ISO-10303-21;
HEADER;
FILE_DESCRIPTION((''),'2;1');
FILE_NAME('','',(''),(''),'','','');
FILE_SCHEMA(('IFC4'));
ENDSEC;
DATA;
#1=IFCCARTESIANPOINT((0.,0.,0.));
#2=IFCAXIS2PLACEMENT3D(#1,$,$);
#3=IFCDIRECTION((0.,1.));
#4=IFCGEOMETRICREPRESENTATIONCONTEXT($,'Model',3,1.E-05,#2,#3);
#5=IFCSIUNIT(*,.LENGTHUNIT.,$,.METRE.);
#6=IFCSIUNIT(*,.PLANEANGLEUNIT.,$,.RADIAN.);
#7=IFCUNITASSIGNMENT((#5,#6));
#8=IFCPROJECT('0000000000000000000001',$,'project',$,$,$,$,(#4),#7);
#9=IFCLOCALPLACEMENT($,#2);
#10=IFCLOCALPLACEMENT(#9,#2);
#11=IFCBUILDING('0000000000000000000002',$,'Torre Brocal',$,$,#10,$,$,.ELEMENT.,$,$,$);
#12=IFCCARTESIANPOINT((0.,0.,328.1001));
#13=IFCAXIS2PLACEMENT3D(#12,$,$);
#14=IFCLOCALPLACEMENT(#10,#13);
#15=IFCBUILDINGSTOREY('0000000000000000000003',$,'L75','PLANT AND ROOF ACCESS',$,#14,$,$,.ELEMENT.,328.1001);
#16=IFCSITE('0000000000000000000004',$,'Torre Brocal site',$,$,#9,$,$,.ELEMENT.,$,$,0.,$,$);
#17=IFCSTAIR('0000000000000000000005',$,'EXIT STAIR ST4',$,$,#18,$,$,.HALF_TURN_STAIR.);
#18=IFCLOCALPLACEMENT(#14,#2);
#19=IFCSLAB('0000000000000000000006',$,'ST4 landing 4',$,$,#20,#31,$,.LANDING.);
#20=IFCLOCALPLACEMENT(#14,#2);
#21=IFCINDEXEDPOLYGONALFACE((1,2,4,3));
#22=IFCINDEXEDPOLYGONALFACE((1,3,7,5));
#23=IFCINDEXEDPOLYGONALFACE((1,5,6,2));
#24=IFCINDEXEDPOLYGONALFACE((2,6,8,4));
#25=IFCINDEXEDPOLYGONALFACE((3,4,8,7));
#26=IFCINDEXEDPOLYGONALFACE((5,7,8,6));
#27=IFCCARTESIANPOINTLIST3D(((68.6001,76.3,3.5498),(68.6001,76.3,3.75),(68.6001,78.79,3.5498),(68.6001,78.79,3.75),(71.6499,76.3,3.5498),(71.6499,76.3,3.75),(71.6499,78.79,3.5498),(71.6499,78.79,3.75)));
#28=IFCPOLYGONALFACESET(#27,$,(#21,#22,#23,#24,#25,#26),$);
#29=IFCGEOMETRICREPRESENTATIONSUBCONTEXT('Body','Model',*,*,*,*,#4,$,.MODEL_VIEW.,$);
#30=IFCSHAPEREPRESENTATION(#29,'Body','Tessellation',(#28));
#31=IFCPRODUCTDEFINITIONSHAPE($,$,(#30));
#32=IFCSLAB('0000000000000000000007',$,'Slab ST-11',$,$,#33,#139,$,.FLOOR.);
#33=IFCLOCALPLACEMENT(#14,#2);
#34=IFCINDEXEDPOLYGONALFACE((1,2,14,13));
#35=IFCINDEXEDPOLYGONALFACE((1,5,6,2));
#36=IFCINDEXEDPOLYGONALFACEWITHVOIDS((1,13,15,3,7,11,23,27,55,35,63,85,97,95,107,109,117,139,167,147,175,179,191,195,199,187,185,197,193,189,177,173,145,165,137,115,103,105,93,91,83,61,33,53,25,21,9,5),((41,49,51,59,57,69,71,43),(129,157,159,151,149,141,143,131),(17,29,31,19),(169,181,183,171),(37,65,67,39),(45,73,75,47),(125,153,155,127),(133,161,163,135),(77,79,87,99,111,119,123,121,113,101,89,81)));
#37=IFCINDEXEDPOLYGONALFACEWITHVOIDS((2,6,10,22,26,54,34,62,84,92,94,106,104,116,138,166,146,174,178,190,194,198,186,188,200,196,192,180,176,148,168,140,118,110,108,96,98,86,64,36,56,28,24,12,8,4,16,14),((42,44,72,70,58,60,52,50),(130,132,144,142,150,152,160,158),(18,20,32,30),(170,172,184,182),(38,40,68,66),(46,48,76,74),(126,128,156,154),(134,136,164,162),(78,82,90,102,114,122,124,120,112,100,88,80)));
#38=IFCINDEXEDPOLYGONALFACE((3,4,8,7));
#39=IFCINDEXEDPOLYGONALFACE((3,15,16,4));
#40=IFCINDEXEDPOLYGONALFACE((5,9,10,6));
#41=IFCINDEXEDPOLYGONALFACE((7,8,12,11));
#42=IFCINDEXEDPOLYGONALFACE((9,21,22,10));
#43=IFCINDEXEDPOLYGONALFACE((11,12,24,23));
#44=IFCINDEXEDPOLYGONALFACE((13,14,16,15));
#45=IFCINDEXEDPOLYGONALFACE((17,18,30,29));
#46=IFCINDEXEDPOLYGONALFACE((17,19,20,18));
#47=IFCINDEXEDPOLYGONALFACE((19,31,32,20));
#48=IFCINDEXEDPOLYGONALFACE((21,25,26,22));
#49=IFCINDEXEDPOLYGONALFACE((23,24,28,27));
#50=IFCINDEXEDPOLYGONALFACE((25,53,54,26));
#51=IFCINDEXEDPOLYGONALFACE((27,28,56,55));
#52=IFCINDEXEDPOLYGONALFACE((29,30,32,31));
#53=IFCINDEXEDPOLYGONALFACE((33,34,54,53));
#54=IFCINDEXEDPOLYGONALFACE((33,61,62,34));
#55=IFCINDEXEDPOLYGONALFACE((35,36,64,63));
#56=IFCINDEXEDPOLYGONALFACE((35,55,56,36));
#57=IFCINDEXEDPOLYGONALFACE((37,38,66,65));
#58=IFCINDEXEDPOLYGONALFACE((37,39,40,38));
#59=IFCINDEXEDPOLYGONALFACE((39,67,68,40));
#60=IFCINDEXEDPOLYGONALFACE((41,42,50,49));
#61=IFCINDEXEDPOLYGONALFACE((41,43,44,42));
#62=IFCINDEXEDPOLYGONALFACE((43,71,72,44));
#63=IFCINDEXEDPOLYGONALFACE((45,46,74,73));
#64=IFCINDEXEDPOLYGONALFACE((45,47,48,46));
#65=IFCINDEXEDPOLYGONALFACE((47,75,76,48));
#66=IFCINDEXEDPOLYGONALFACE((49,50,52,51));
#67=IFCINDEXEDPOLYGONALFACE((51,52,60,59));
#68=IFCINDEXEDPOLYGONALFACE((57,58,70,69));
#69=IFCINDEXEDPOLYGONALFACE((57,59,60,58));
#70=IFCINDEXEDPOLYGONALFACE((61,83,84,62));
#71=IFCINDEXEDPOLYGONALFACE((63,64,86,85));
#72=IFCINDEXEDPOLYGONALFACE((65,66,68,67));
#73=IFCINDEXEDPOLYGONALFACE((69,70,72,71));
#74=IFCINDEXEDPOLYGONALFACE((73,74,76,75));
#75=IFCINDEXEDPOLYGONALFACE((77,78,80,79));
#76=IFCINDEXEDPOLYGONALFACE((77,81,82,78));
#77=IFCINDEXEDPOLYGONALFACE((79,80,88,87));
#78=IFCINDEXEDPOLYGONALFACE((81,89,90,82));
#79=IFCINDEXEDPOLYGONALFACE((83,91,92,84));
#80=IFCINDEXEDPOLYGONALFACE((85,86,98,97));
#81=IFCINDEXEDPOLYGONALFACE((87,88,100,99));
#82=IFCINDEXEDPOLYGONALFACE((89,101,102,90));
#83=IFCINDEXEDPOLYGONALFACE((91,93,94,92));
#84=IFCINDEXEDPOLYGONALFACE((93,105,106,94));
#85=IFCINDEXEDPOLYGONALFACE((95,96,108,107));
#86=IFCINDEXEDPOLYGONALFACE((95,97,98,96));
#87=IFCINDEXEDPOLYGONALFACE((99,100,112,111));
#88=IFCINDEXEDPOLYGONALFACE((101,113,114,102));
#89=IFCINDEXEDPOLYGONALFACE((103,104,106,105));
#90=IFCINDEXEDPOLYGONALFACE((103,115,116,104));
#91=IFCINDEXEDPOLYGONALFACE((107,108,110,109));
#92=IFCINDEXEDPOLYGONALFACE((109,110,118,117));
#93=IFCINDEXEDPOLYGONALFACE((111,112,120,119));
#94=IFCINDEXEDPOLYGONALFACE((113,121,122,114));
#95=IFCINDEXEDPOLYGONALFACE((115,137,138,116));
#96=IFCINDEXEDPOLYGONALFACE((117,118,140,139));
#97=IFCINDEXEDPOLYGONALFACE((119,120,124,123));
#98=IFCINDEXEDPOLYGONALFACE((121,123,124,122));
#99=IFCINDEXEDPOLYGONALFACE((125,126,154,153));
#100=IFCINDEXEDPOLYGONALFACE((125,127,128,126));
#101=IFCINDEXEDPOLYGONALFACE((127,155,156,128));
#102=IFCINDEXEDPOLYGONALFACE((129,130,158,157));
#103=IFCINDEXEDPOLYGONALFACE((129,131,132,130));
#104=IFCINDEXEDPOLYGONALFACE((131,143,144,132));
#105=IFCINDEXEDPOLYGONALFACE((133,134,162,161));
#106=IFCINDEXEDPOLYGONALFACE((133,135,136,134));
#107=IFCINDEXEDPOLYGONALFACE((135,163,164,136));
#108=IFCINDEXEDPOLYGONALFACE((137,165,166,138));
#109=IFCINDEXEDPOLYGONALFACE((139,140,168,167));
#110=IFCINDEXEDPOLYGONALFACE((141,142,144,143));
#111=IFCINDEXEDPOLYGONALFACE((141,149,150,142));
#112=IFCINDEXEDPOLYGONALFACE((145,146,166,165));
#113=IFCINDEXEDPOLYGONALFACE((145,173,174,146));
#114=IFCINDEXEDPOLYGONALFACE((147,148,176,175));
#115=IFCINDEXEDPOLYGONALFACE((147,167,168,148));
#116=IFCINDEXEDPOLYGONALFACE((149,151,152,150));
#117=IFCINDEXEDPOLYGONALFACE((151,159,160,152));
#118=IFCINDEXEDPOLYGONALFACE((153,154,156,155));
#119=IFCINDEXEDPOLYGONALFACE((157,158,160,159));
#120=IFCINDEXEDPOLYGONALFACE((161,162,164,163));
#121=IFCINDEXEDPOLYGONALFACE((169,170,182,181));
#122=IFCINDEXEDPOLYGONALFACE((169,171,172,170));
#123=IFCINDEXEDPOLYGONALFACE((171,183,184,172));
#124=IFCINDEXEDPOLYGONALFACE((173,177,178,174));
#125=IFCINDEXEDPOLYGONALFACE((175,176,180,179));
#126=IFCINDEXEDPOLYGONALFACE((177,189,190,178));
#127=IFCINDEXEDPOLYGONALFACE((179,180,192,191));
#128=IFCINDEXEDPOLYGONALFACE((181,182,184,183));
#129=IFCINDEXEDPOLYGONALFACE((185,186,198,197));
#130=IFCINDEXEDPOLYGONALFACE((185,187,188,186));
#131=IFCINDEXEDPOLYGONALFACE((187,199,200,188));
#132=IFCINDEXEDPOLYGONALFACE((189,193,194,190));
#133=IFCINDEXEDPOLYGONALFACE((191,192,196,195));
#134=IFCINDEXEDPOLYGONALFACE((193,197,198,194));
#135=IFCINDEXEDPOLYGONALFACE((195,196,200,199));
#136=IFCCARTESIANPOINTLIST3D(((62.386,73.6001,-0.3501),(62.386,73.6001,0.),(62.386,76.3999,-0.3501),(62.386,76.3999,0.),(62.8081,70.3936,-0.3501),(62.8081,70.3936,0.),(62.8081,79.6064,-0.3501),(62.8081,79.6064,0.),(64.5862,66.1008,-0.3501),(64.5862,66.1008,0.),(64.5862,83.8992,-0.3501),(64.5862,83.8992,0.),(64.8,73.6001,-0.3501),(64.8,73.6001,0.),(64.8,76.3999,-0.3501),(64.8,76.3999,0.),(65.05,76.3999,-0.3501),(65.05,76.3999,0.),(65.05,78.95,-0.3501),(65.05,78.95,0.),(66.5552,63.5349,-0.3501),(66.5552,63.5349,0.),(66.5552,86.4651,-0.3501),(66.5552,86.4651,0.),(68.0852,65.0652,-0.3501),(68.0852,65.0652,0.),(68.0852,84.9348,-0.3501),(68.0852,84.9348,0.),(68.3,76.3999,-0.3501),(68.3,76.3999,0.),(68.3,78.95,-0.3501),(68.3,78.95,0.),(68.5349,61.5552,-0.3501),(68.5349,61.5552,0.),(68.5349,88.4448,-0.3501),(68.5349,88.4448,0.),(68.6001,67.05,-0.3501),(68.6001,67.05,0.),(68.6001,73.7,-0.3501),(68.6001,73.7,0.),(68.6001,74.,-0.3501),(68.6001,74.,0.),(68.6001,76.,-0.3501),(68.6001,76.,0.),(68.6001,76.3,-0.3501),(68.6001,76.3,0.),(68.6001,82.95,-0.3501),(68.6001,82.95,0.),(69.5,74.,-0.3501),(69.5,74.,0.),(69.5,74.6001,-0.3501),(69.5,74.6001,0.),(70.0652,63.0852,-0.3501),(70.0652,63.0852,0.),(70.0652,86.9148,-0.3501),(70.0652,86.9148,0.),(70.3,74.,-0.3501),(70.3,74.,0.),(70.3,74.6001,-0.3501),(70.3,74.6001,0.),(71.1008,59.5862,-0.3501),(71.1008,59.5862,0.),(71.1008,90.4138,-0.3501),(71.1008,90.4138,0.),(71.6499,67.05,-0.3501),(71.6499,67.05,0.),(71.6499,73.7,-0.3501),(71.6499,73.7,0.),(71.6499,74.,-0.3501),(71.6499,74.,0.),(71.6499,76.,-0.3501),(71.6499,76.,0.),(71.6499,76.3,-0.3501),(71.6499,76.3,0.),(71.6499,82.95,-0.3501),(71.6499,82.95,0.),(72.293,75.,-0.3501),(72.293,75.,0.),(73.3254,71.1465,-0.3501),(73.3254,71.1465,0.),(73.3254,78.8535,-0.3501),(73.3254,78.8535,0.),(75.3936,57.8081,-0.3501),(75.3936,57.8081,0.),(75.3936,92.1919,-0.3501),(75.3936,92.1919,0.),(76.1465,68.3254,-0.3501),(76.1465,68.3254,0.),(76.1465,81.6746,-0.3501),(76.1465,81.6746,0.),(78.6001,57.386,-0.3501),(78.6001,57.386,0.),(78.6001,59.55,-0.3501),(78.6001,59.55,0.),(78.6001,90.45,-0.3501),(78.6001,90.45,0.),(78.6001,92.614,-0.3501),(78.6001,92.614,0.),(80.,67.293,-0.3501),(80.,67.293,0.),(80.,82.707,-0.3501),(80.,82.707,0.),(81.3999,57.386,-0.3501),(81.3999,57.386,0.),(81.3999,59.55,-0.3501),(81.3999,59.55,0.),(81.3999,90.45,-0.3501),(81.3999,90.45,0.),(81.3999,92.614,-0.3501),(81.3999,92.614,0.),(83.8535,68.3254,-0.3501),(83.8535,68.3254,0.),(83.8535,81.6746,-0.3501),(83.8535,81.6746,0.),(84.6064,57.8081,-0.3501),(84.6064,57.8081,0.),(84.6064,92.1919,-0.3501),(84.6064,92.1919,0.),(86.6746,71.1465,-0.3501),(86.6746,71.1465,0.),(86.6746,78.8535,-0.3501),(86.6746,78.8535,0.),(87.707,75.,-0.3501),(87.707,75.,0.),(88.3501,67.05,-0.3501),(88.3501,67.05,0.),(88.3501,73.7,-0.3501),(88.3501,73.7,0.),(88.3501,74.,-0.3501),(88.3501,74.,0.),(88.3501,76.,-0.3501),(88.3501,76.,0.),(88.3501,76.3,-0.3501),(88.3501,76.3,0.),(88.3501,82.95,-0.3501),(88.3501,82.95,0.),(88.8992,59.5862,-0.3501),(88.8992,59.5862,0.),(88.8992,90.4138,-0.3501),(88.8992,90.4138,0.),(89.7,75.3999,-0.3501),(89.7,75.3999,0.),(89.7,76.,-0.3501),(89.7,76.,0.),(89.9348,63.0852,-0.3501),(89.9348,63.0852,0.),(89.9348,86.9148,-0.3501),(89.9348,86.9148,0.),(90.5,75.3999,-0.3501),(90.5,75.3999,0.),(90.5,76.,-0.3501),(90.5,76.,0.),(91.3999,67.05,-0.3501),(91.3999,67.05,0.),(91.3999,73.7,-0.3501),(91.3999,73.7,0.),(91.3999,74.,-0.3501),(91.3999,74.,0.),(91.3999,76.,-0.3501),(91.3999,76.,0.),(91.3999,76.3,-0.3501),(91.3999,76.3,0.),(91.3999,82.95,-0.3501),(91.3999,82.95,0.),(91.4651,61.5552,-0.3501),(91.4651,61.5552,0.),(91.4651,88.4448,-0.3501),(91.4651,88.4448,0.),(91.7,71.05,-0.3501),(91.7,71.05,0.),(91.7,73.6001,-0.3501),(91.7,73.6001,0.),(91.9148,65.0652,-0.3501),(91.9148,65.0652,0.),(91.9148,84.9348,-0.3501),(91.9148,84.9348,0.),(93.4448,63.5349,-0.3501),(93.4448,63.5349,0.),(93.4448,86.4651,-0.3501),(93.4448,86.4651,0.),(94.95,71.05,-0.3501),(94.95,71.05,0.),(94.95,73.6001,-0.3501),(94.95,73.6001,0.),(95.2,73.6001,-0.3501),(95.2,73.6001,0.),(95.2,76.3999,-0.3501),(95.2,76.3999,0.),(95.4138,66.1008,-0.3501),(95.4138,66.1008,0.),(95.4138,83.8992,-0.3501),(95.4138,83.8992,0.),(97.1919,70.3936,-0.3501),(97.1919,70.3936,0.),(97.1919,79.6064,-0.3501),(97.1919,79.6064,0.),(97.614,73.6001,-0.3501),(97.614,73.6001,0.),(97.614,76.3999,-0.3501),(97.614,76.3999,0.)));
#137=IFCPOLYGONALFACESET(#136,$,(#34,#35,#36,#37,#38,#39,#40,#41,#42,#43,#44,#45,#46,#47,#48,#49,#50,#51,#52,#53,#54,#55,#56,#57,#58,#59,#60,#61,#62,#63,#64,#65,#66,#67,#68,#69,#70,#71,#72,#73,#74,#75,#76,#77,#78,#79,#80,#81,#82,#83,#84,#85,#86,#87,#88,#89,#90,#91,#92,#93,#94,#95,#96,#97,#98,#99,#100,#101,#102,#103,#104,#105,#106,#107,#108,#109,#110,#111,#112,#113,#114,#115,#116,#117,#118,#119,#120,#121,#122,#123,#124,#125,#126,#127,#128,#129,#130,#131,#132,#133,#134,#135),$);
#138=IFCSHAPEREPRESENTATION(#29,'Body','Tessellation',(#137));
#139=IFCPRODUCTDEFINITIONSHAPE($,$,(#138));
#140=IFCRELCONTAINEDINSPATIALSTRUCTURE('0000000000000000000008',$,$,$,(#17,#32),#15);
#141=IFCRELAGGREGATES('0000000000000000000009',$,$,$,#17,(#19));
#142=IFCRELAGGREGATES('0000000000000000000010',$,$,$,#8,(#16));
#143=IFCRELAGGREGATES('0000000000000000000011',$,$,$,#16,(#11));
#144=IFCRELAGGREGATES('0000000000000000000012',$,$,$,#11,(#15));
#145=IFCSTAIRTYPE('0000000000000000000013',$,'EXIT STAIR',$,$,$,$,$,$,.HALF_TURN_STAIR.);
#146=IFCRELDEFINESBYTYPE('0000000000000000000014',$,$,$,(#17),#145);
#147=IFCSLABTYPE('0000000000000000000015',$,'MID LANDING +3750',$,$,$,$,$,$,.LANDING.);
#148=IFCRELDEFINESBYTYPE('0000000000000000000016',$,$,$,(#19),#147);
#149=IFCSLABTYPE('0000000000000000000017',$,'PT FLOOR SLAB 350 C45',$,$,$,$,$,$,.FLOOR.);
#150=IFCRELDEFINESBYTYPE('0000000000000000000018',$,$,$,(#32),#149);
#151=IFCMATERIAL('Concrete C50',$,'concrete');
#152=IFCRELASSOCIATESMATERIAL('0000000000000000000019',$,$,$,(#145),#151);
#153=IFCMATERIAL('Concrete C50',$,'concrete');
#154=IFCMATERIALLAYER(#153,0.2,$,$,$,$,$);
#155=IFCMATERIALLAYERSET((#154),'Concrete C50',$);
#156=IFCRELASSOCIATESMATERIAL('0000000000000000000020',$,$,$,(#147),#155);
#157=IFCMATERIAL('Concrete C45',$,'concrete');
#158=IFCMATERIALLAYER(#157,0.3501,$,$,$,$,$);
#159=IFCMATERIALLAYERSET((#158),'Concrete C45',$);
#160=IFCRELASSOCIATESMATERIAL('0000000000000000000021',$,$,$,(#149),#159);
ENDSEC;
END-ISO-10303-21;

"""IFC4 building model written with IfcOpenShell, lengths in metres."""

from ifc_helpers import new_model, si_unit, direction, frame, origin, place, context, subcontext, project, spatial, polyline, outline, extrude, material, layer, layer_set, type_object, element, aggregate, save


model = new_model("IFC4")

# Units and contexts
model_context = context("Model", 3, precision=1e-05, world=origin(), true_north=direction((0.0, 1.0)))
body_context = subcontext(model_context, "Body", "Model", "MODEL_VIEW")
ifc_project = project(units=[si_unit("LENGTHUNIT", "METRE"), si_unit("PLANEANGLEUNIT", "RADIAN")], contexts=[model_context])

# Site, building, storey
site_placement = place(None, origin())
site = spatial("IfcSite", under=ifc_project, at=site_placement, Name="Torre Brocal site", CompositionType="ELEMENT", RefElevation=0.0)
building_placement = place(site_placement, origin())
building = spatial("IfcBuilding", under=site, at=building_placement, Name="Torre Brocal", CompositionType="ELEMENT")
storey_placement = place(building_placement, frame((0.0, 0.0, 328.1001)))
storey = spatial("IfcBuildingStorey", under=building, at=storey_placement, Name="L75", Description="PLANT AND ROOF ACCESS", CompositionType="ELEMENT", Elevation=328.1001)

# Stair
ifc_material_1 = material(Name="Concrete C50", Category="concrete")
stair_type = type_object("IfcStairType", Name="EXIT STAIR", PredefinedType="HALF_TURN_STAIR", material=ifc_material_1)
stair_1_placement = place(storey_placement, origin())
stair_1 = element("IfcStair", 1, at=stair_1_placement, inside=storey, type_object=stair_type, Name="EXIT STAIR ST4", PredefinedType="HALF_TURN_STAIR")

# Slab
ifc_material_2 = material(Name="Concrete C50", Category="concrete")
ifc_layer_1 = layer(ifc_material_2, 0.2)
ifc_layer_set_1 = layer_set([ifc_layer_1], Name="Concrete C50")
slab_type_1 = type_object("IfcSlabType", Name="MID LANDING +3750", PredefinedType="LANDING", material=ifc_layer_set_1)
slab_1_placement = place(storey_placement, frame((0.0, 0.0, 3.5498)))
slab_1 = element("IfcSlab", 2, at=slab_1_placement, type_object=slab_type_1, Name="ST4 landing 4", PredefinedType="LANDING", context=body_context, shape_type="SweptSolid", body=[
    extrude(outline(polyline([(71.6499, 78.79), (68.6001, 78.79), (68.6001, 76.3), (71.6499, 76.3), (71.6499, 78.79)])), origin(), (0.0, 0.0, 1.0), 0.2002),
])
aggregate(stair_1, [slab_1])

# Slab
ifc_material_3 = material(Name="Concrete C45", Category="concrete")
ifc_layer_2 = layer(ifc_material_3, 0.3501)
ifc_layer_set_2 = layer_set([ifc_layer_2], Name="Concrete C45")
slab_type_2 = type_object("IfcSlabType", Name="PT FLOOR SLAB 350 C45", PredefinedType="FLOOR", material=ifc_layer_set_2)
slab_2_placement = place(storey_placement, frame((0.0, 0.0, -0.3501)))
element("IfcSlab", 3, at=slab_2_placement, inside=storey, type_object=slab_type_2, Name="Slab ST-11", PredefinedType="FLOOR", context=body_context, shape_type="SweptSolid", body=[
    extrude(outline(polyline([(95.2, 76.3999), (95.2, 73.6001), (97.614, 73.6001), (97.1919, 70.3936), (95.4138, 66.1008), (93.4448, 63.5349), (91.9148, 65.0652), (89.9348, 63.0852), (91.4651, 61.5552), (88.8992, 59.5862), (84.6064, 57.8081), (81.3999, 57.386), (81.3999, 59.55), (78.6001, 59.55), (78.6001, 57.386), (75.3936, 57.8081), (71.1008, 59.5862), (68.5349, 61.5552), (70.0652, 63.0852), (68.0852, 65.0652), (66.5552, 63.5349), (64.5862, 66.1008), (62.8081, 70.3936), (62.386, 73.6001), (64.8, 73.6001), (64.8, 76.3999), (62.386, 76.3999), (62.8081, 79.6064), (64.5862, 83.8992), (66.5552, 86.4651), (68.0852, 84.9348), (70.0652, 86.9148), (68.5349, 88.4448), (71.1008, 90.4138), (75.3936, 92.1919), (78.6001, 92.614), (78.6001, 90.45), (81.3999, 90.45), (81.3999, 92.614), (84.6064, 92.1919), (88.8992, 90.4138), (91.4651, 88.4448), (89.9348, 86.9148), (91.9148, 84.9348), (93.4448, 86.4651), (95.4138, 83.8992), (97.1919, 79.6064), (97.614, 76.3999), (95.2, 76.3999)]), holes=[polyline([(91.7, 73.6001), (91.7, 71.05), (94.95, 71.05), (94.95, 73.6001), (91.7, 73.6001)]), polyline([(88.3501, 76.0), (88.3501, 74.0), (91.3999, 74.0), (91.3999, 76.0), (90.5, 76.0), (90.5, 75.3999), (89.7, 75.3999), (89.7, 76.0), (88.3501, 76.0)]), polyline([(88.3501, 73.7), (88.3501, 67.05), (91.3999, 67.05), (91.3999, 73.7), (88.3501, 73.7)]), polyline([(88.3501, 82.95), (88.3501, 76.3), (91.3999, 76.3), (91.3999, 82.95), (88.3501, 82.95)]), polyline([(80.0, 82.707), (76.1465, 81.6746), (73.3254, 78.8535), (72.293, 75.0), (73.3254, 71.1465), (76.1465, 68.3254), (80.0, 67.293), (83.8535, 68.3254), (86.6746, 71.1465), (87.707, 75.0), (86.6746, 78.8535), (83.8535, 81.6746), (80.0, 82.707)]), polyline([(71.6499, 67.05), (71.6499, 73.7), (68.6001, 73.7), (68.6001, 67.05), (71.6499, 67.05)]), polyline([(71.6499, 76.3), (71.6499, 82.95), (68.6001, 82.95), (68.6001, 76.3), (71.6499, 76.3)]), polyline([(71.6499, 74.0), (71.6499, 76.0), (68.6001, 76.0), (68.6001, 74.0), (69.5, 74.0), (69.5, 74.6001), (70.3, 74.6001), (70.3, 74.0), (71.6499, 74.0)]), polyline([(68.3, 76.3999), (68.3, 78.95), (65.05, 78.95), (65.05, 76.3999), (68.3, 76.3999)])]), origin(), (0.0, 0.0, 1.0), 0.3501),
])

save(model, "model.ifc")
